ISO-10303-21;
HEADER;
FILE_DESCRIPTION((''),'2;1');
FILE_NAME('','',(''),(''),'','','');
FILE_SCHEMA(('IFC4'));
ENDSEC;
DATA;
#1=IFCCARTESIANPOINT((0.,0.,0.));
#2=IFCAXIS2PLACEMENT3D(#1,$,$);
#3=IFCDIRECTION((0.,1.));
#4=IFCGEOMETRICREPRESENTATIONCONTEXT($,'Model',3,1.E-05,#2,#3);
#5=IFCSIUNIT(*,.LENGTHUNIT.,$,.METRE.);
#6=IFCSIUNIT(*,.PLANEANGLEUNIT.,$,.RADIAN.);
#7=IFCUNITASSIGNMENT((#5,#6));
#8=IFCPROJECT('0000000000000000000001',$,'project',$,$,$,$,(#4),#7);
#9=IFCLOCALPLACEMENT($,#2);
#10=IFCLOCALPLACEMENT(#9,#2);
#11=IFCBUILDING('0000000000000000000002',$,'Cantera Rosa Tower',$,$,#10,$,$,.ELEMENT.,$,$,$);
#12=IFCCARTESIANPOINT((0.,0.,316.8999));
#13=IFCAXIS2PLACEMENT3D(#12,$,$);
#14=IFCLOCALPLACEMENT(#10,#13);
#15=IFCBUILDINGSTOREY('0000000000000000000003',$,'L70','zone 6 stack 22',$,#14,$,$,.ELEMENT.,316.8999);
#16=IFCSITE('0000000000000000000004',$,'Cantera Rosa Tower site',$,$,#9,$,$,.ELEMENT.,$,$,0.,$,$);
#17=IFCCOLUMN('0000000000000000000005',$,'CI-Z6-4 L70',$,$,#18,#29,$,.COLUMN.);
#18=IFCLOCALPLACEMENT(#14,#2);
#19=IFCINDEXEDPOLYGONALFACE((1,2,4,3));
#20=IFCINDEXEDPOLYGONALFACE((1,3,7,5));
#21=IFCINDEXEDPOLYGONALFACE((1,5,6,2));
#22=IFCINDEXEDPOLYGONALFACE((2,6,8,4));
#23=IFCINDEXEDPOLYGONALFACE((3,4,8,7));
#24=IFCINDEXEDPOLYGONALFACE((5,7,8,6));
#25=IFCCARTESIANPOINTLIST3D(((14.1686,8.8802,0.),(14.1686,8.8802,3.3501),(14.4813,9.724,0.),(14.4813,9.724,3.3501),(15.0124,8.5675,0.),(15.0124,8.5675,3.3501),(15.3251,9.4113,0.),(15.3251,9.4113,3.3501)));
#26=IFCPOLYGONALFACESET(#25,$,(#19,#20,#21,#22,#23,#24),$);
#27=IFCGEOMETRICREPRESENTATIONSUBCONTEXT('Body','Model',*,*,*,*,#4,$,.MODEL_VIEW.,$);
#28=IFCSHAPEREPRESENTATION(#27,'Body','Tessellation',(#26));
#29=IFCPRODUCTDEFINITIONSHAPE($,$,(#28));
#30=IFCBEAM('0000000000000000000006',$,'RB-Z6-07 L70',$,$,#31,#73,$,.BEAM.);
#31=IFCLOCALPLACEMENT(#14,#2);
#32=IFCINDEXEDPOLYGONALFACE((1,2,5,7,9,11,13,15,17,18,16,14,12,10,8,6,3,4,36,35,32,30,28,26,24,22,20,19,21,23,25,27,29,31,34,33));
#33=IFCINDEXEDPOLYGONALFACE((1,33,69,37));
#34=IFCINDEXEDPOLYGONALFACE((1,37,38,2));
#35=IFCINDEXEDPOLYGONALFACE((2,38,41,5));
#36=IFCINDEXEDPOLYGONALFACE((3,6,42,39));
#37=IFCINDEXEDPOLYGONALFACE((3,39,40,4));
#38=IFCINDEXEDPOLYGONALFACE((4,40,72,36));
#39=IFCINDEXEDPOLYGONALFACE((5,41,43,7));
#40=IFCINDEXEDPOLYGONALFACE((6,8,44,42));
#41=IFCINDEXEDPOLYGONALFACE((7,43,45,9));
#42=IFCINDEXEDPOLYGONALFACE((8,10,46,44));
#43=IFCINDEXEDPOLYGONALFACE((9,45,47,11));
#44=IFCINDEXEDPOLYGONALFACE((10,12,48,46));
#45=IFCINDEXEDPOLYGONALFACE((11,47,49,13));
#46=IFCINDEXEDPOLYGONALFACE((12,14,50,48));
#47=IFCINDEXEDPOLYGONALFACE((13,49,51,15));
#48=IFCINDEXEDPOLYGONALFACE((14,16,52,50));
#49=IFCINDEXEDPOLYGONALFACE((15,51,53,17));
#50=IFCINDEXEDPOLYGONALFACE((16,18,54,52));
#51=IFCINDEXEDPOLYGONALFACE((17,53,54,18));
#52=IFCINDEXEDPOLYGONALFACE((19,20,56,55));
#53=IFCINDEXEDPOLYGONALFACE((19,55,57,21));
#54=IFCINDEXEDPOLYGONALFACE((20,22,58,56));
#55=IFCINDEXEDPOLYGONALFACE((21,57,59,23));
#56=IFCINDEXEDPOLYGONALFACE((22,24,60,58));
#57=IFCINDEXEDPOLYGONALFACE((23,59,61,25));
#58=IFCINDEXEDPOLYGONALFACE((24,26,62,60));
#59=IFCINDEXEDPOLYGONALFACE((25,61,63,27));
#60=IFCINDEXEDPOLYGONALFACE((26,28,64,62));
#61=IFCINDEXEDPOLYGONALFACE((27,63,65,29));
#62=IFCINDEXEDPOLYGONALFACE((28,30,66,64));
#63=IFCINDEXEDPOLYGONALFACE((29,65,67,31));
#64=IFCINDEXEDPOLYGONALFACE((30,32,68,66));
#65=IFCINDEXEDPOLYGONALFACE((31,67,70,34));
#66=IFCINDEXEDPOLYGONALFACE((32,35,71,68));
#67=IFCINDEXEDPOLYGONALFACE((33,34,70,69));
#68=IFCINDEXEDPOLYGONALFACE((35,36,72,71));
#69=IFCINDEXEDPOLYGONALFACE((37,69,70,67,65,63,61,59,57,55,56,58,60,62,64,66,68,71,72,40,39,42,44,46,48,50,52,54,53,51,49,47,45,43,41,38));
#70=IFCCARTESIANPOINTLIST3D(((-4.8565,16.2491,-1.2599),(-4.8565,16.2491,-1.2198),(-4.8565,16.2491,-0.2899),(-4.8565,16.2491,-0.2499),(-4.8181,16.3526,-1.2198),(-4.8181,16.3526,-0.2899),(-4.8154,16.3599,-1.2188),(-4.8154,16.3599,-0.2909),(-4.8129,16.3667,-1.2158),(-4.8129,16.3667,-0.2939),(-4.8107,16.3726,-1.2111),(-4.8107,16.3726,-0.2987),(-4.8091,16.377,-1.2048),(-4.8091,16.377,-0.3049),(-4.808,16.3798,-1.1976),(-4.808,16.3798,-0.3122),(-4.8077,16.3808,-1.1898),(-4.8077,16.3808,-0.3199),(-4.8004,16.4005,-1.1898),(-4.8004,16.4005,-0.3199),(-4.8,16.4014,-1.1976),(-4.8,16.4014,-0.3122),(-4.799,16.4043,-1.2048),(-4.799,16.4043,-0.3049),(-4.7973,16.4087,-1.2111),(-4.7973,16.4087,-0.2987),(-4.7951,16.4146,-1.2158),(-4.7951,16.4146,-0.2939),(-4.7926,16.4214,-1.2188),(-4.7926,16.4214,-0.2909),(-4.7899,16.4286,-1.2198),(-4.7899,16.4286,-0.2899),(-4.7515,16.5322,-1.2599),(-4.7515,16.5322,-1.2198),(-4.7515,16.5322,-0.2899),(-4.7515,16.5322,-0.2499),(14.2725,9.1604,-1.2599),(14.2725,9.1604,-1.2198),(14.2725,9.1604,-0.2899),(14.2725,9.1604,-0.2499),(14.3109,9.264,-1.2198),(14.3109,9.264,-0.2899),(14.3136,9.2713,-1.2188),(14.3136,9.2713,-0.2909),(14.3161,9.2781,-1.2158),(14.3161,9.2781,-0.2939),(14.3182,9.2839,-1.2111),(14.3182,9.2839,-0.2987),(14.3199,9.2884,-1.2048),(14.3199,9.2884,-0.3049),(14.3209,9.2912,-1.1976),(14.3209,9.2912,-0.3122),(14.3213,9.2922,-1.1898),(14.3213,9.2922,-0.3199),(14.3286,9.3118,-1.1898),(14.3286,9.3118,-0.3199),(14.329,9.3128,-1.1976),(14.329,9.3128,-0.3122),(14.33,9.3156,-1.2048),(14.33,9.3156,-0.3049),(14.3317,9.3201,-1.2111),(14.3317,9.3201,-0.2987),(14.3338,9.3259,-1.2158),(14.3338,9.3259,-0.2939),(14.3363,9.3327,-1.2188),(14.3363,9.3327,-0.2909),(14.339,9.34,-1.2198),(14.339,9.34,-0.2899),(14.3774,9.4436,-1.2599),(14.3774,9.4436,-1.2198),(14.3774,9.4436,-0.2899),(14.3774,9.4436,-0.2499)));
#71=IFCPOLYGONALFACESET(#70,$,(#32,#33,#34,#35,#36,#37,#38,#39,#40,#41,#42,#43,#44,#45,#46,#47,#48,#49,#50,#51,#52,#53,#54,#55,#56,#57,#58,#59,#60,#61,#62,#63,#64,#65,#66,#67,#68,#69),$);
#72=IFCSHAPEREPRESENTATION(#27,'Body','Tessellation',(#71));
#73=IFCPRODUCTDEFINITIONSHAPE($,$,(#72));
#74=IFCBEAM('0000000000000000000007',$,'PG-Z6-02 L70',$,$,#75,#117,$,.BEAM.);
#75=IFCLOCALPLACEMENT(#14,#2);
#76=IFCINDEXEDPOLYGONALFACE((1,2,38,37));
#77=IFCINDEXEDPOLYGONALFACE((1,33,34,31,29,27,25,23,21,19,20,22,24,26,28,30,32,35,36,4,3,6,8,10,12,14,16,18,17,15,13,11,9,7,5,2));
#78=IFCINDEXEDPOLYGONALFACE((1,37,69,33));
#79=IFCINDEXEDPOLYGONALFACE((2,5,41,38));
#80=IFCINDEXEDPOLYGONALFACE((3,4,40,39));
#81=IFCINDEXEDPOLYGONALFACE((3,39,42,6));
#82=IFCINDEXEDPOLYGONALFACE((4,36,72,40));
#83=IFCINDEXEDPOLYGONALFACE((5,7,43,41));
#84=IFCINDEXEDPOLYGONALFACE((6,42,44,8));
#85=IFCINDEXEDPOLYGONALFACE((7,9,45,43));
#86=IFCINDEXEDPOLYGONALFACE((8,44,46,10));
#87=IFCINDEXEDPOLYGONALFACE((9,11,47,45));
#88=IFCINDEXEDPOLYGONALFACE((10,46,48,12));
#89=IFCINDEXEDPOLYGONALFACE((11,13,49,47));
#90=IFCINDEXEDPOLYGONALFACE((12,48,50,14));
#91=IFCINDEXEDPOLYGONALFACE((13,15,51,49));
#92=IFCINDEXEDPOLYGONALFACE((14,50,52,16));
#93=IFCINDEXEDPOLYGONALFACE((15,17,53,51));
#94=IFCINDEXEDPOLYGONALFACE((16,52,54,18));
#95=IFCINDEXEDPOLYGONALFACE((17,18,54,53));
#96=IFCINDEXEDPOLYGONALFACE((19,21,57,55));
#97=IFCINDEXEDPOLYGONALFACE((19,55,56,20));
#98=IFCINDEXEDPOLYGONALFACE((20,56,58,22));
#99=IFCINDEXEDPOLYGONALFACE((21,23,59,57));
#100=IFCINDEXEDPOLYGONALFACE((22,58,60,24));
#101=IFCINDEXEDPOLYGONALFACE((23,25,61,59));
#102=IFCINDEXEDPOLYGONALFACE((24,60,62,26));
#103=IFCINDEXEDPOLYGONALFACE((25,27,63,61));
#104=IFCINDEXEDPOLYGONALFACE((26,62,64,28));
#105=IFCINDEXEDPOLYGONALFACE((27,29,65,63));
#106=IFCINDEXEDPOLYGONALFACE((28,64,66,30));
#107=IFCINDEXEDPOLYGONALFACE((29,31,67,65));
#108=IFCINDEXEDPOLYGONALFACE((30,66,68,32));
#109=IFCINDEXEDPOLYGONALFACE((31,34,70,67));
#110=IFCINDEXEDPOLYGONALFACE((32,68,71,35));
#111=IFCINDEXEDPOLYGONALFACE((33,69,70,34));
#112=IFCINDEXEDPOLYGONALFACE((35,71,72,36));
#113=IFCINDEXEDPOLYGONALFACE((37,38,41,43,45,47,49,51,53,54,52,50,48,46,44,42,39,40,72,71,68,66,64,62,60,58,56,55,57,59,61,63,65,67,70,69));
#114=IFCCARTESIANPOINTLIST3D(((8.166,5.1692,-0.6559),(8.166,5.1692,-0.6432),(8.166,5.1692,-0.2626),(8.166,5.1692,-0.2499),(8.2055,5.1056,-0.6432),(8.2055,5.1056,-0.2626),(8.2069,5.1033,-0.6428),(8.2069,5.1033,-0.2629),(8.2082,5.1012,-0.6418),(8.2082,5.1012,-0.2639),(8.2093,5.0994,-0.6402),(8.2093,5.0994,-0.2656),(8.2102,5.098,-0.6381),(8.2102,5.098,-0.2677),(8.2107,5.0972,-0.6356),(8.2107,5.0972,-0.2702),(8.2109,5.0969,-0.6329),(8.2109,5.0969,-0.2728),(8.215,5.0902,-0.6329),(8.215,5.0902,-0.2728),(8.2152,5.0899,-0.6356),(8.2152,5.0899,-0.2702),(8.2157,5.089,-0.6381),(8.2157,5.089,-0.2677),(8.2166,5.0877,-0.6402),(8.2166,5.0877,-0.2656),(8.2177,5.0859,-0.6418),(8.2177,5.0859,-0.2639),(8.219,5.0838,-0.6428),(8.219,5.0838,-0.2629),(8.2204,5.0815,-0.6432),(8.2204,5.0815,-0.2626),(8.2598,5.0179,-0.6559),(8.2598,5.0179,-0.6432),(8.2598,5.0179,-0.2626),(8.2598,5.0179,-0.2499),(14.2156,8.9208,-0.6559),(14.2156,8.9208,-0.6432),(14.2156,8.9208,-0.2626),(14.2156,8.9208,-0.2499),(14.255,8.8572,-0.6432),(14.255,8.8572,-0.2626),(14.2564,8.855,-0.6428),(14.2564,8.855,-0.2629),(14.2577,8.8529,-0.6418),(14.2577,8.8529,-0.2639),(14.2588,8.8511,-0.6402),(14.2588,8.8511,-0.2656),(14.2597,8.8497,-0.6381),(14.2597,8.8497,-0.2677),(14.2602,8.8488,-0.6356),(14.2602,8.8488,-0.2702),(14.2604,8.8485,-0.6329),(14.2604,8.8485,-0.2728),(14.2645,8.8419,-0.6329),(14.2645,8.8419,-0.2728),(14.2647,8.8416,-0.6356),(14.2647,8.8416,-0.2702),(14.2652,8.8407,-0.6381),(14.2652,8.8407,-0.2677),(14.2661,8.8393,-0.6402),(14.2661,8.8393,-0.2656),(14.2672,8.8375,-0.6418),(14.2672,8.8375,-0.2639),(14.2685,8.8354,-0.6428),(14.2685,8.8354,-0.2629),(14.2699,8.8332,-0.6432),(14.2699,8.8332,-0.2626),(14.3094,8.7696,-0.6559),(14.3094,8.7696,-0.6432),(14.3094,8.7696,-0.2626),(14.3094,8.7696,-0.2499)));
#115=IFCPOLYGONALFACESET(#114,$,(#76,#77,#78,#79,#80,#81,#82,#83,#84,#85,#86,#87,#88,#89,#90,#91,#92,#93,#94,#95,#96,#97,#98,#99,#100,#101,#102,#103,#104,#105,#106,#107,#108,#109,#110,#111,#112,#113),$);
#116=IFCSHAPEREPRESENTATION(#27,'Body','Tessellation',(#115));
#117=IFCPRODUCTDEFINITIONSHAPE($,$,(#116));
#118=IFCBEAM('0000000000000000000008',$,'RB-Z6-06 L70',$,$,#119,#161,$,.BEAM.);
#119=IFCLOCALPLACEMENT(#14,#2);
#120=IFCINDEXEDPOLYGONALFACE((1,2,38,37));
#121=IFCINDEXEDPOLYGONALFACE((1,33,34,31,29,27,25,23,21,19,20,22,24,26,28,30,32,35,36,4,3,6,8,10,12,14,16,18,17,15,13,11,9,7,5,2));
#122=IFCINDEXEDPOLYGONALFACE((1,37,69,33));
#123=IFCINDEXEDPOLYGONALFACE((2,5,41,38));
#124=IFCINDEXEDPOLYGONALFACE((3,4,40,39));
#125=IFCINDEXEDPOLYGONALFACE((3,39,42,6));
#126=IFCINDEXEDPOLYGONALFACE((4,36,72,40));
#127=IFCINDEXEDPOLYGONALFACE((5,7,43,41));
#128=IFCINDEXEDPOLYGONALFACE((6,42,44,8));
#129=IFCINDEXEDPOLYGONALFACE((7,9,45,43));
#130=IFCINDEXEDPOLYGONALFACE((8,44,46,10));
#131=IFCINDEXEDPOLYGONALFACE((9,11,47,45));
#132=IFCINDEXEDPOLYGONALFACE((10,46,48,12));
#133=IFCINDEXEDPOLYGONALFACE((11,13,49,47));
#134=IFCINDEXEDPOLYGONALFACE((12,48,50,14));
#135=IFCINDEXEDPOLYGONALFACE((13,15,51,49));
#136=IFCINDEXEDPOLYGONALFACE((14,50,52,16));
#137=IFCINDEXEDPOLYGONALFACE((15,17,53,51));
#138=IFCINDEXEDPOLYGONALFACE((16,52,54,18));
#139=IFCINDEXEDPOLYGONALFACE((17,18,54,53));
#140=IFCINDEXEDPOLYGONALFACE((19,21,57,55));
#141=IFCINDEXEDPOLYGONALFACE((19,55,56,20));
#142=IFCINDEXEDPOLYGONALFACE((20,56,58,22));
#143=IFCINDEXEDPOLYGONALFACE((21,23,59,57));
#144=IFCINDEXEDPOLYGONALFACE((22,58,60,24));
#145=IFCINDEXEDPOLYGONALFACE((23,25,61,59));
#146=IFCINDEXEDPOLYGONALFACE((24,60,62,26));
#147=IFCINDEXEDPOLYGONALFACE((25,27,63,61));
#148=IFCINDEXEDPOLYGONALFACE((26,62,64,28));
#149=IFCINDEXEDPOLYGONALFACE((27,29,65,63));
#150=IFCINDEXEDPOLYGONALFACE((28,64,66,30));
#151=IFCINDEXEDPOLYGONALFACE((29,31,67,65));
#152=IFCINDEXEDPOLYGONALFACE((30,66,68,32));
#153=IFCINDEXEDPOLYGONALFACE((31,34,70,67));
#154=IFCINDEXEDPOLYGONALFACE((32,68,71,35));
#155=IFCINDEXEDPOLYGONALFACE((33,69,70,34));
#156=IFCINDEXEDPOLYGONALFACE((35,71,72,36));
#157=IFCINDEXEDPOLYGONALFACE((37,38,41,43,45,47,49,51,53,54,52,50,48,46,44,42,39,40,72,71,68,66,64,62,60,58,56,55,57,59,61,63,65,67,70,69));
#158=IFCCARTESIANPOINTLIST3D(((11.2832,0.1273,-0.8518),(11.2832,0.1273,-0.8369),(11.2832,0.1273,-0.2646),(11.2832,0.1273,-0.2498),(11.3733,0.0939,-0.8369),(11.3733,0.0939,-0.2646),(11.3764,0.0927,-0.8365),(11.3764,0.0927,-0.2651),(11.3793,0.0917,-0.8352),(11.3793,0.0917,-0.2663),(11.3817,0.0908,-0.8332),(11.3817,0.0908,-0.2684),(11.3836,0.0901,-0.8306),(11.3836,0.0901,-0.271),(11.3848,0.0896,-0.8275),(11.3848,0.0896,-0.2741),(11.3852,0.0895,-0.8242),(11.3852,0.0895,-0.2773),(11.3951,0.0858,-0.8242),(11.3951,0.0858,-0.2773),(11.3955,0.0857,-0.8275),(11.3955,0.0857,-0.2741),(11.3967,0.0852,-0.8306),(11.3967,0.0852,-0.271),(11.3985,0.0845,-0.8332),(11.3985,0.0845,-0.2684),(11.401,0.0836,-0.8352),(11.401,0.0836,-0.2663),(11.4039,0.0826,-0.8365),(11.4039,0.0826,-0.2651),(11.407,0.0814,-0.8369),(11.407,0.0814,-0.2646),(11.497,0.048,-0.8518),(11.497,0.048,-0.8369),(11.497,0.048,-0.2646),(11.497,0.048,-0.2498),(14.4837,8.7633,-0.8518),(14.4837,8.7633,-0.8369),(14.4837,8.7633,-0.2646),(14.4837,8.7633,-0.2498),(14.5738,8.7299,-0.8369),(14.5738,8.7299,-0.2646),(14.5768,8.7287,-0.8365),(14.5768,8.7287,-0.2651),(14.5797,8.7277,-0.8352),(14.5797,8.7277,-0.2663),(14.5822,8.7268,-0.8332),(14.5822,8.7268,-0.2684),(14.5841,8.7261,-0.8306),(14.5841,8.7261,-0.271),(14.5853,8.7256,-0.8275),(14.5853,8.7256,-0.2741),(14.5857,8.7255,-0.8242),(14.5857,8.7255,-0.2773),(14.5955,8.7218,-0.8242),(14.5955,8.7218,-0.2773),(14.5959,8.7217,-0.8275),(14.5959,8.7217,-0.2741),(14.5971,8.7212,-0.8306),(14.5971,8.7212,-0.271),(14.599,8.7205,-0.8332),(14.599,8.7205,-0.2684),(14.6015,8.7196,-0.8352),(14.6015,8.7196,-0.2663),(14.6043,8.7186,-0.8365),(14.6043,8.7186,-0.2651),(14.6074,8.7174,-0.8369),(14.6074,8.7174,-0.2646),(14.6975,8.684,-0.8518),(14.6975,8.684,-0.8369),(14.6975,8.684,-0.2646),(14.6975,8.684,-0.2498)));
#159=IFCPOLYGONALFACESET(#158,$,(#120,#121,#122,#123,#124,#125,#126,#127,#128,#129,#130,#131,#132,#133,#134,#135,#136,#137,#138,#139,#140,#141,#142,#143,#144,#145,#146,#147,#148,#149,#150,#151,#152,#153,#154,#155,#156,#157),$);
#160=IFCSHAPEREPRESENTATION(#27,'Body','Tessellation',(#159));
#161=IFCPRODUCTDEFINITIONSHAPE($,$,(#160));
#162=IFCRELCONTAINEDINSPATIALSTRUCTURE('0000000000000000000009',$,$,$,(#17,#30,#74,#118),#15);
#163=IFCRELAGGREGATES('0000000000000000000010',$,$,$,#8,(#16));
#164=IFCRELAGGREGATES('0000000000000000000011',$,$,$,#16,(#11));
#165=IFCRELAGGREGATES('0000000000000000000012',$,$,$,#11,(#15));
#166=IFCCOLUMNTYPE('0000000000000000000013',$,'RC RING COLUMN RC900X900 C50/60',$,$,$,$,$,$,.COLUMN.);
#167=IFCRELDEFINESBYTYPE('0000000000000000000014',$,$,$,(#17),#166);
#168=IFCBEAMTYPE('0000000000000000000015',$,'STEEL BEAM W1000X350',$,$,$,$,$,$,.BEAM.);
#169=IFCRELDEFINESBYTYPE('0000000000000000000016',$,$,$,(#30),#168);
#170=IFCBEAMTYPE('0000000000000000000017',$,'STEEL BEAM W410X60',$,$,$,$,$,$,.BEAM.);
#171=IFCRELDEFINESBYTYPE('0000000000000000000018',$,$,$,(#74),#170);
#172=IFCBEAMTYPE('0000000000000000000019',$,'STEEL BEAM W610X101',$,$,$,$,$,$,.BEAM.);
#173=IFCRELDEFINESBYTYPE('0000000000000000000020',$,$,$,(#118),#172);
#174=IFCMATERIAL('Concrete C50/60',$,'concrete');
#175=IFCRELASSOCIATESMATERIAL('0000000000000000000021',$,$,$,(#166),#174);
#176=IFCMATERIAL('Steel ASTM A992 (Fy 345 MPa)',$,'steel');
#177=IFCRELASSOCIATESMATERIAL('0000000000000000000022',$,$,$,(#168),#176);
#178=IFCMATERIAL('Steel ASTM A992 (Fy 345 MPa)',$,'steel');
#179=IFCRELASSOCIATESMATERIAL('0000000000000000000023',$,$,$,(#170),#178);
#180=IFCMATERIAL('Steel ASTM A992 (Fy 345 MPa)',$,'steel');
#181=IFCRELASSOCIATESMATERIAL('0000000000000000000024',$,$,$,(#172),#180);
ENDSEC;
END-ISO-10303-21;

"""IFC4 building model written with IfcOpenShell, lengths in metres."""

from ifc_helpers import new_model, si_unit, direction, frame, origin, origin_2d, place, context, subcontext, project, spatial, rectangle, i_section, extrude, material, material_profile, profile_set, type_object, element, save


model = new_model("IFC4")

# Units and contexts
model_context = context("Model", 3, precision=1e-05, world=origin(), true_north=direction((0.0, 1.0)))
body_context = subcontext(model_context, "Body", "Model", "MODEL_VIEW")
ifc_project = project(units=[si_unit("LENGTHUNIT", "METRE"), si_unit("PLANEANGLEUNIT", "RADIAN")], contexts=[model_context])

# Site, building, storey
site_placement = place(None, origin())
site = spatial("IfcSite", under=ifc_project, at=site_placement, Name="Cantera Rosa Tower site", CompositionType="ELEMENT", RefElevation=0.0)
building_placement = place(site_placement, origin())
building = spatial("IfcBuilding", under=site, at=building_placement, Name="Cantera Rosa Tower", CompositionType="ELEMENT")
storey_placement = place(building_placement, frame((0.0, 0.0, 316.8999)))
storey = spatial("IfcBuildingStorey", under=building, at=storey_placement, Name="L70", Description="zone 6 stack 22", CompositionType="ELEMENT", Elevation=316.8999)

# Column
ifc_material_1 = material(Name="Concrete C50/60", Category="concrete")
ifc_material_profile_1 = material_profile(ifc_material_1, rectangle(XDim=0.8999, YDim=0.8999, at=origin_2d()), Name="RC RING COLUMN RC900X900 C50/60")
ifc_profile_set_1 = profile_set([ifc_material_profile_1], Name="Concrete C50/60")
column_type = type_object("IfcColumnType", Name="RC RING COLUMN RC900X900 C50/60", PredefinedType="COLUMN", material=ifc_profile_set_1)
column_placement = place(storey_placement, frame((14.7468, 9.1458, 0.0), z_axis=(0.0, 0.0, 1.0), x_axis=(0.347481, 0.937687, 0.0)))
element("IfcColumn", 1, at=column_placement, inside=storey, type_object=column_type, Name="CI-Z6-4 L70", PredefinedType="COLUMN", context=body_context, shape_type="SweptSolid", body=[
    extrude(rectangle(XDim=0.8999, YDim=0.8999, at=origin_2d()), origin(), (0.0, 0.0, 1.0), 3.3501),
])

# Beams
ifc_material_2 = material(Name="Steel ASTM A992 (Fy 345 MPa)", Category="steel")
ifc_material_profile_2 = material_profile(ifc_material_2, i_section(OverallWidth=0.302, OverallDepth=1.01, WebThickness=0.021, FlangeThickness=0.04, FilletRadius=0.03, at=origin_2d()), Name="W1000X350")
ifc_profile_set_2 = profile_set([ifc_material_profile_2], Name="Steel ASTM A992 (Fy 345 MPa)")
beam_type_1 = type_object("IfcBeamType", Name="STEEL BEAM W1000X350", PredefinedType="BEAM", material=ifc_profile_set_2)
beam_1_placement = place(storey_placement, frame((14.325, 9.302, -0.7549), z_axis=(-0.937687, 0.34748, 0.0), x_axis=(-0.34748, -0.937687, 0.0)))
element("IfcBeam", 2, at=beam_1_placement, inside=storey, type_object=beam_type_1, Name="RB-Z6-07 L70", PredefinedType="BEAM", context=body_context, shape_type="SweptSolid", body=[
    extrude(i_section(OverallWidth=0.302, OverallDepth=1.01, WebThickness=0.021, FlangeThickness=0.04, FilletRadius=0.03, at=origin_2d()), origin(), (0.0, 0.0, 1.0), 20.4001),
])
ifc_material_3 = material(Name="Steel ASTM A992 (Fy 345 MPa)", Category="steel")
ifc_material_profile_3 = material_profile(ifc_material_3, i_section(OverallWidth=0.178, OverallDepth=0.406, WebThickness=0.0078, FlangeThickness=0.0127, FilletRadius=0.0103, at=origin_2d()), Name="W410X60")
ifc_profile_set_3 = profile_set([ifc_material_profile_3], Name="Steel ASTM A992 (Fy 345 MPa)")
beam_type_2 = type_object("IfcBeamType", Name="STEEL BEAM W410X60", PredefinedType="BEAM", material=ifc_profile_set_3)
beam_2_placement = place(storey_placement, frame((14.2625, 8.8452, -0.4529), z_axis=(-0.849841, -0.527039, 0.0), x_axis=(0.527039, -0.849841, 0.0)))
element("IfcBeam", 3, at=beam_2_placement, inside=storey, type_object=beam_type_2, Name="PG-Z6-02 L70", PredefinedType="BEAM", context=body_context, shape_type="SweptSolid", body=[
    extrude(i_section(OverallWidth=0.178, OverallDepth=0.406, WebThickness=0.0078, FlangeThickness=0.0127, FilletRadius=0.0103, at=origin_2d()), origin(), (0.0, 0.0, 1.0), 7.1184),
])
ifc_material_4 = material(Name="Steel ASTM A992 (Fy 345 MPa)", Category="steel")
ifc_material_profile_4 = material_profile(ifc_material_4, i_section(OverallWidth=0.228, OverallDepth=0.6021, WebThickness=0.0105, FlangeThickness=0.0149, FilletRadius=0.0127, at=origin_2d()), Name="W610X101")
ifc_profile_set_4 = profile_set([ifc_material_profile_4], Name="Steel ASTM A992 (Fy 345 MPa)")
beam_type_3 = type_object("IfcBeamType", Name="STEEL BEAM W610X101", PredefinedType="BEAM", material=ifc_profile_set_4)
beam_3_placement = place(storey_placement, frame((11.3901, 0.0876, -0.5508), z_axis=(0.347498, 0.937681, 0.0), x_axis=(-0.937681, 0.347498, 0.0)))
element("IfcBeam", 4, at=beam_3_placement, inside=storey, type_object=beam_type_3, Name="RB-Z6-06 L70", PredefinedType="BEAM", context=body_context, shape_type="SweptSolid", body=[
    extrude(i_section(OverallWidth=0.228, OverallDepth=0.6021, WebThickness=0.0105, FlangeThickness=0.0149, FilletRadius=0.0127, at=origin_2d()), origin(), (0.0, 0.0, 1.0), 9.21),
])

save(model, "model.ifc")
